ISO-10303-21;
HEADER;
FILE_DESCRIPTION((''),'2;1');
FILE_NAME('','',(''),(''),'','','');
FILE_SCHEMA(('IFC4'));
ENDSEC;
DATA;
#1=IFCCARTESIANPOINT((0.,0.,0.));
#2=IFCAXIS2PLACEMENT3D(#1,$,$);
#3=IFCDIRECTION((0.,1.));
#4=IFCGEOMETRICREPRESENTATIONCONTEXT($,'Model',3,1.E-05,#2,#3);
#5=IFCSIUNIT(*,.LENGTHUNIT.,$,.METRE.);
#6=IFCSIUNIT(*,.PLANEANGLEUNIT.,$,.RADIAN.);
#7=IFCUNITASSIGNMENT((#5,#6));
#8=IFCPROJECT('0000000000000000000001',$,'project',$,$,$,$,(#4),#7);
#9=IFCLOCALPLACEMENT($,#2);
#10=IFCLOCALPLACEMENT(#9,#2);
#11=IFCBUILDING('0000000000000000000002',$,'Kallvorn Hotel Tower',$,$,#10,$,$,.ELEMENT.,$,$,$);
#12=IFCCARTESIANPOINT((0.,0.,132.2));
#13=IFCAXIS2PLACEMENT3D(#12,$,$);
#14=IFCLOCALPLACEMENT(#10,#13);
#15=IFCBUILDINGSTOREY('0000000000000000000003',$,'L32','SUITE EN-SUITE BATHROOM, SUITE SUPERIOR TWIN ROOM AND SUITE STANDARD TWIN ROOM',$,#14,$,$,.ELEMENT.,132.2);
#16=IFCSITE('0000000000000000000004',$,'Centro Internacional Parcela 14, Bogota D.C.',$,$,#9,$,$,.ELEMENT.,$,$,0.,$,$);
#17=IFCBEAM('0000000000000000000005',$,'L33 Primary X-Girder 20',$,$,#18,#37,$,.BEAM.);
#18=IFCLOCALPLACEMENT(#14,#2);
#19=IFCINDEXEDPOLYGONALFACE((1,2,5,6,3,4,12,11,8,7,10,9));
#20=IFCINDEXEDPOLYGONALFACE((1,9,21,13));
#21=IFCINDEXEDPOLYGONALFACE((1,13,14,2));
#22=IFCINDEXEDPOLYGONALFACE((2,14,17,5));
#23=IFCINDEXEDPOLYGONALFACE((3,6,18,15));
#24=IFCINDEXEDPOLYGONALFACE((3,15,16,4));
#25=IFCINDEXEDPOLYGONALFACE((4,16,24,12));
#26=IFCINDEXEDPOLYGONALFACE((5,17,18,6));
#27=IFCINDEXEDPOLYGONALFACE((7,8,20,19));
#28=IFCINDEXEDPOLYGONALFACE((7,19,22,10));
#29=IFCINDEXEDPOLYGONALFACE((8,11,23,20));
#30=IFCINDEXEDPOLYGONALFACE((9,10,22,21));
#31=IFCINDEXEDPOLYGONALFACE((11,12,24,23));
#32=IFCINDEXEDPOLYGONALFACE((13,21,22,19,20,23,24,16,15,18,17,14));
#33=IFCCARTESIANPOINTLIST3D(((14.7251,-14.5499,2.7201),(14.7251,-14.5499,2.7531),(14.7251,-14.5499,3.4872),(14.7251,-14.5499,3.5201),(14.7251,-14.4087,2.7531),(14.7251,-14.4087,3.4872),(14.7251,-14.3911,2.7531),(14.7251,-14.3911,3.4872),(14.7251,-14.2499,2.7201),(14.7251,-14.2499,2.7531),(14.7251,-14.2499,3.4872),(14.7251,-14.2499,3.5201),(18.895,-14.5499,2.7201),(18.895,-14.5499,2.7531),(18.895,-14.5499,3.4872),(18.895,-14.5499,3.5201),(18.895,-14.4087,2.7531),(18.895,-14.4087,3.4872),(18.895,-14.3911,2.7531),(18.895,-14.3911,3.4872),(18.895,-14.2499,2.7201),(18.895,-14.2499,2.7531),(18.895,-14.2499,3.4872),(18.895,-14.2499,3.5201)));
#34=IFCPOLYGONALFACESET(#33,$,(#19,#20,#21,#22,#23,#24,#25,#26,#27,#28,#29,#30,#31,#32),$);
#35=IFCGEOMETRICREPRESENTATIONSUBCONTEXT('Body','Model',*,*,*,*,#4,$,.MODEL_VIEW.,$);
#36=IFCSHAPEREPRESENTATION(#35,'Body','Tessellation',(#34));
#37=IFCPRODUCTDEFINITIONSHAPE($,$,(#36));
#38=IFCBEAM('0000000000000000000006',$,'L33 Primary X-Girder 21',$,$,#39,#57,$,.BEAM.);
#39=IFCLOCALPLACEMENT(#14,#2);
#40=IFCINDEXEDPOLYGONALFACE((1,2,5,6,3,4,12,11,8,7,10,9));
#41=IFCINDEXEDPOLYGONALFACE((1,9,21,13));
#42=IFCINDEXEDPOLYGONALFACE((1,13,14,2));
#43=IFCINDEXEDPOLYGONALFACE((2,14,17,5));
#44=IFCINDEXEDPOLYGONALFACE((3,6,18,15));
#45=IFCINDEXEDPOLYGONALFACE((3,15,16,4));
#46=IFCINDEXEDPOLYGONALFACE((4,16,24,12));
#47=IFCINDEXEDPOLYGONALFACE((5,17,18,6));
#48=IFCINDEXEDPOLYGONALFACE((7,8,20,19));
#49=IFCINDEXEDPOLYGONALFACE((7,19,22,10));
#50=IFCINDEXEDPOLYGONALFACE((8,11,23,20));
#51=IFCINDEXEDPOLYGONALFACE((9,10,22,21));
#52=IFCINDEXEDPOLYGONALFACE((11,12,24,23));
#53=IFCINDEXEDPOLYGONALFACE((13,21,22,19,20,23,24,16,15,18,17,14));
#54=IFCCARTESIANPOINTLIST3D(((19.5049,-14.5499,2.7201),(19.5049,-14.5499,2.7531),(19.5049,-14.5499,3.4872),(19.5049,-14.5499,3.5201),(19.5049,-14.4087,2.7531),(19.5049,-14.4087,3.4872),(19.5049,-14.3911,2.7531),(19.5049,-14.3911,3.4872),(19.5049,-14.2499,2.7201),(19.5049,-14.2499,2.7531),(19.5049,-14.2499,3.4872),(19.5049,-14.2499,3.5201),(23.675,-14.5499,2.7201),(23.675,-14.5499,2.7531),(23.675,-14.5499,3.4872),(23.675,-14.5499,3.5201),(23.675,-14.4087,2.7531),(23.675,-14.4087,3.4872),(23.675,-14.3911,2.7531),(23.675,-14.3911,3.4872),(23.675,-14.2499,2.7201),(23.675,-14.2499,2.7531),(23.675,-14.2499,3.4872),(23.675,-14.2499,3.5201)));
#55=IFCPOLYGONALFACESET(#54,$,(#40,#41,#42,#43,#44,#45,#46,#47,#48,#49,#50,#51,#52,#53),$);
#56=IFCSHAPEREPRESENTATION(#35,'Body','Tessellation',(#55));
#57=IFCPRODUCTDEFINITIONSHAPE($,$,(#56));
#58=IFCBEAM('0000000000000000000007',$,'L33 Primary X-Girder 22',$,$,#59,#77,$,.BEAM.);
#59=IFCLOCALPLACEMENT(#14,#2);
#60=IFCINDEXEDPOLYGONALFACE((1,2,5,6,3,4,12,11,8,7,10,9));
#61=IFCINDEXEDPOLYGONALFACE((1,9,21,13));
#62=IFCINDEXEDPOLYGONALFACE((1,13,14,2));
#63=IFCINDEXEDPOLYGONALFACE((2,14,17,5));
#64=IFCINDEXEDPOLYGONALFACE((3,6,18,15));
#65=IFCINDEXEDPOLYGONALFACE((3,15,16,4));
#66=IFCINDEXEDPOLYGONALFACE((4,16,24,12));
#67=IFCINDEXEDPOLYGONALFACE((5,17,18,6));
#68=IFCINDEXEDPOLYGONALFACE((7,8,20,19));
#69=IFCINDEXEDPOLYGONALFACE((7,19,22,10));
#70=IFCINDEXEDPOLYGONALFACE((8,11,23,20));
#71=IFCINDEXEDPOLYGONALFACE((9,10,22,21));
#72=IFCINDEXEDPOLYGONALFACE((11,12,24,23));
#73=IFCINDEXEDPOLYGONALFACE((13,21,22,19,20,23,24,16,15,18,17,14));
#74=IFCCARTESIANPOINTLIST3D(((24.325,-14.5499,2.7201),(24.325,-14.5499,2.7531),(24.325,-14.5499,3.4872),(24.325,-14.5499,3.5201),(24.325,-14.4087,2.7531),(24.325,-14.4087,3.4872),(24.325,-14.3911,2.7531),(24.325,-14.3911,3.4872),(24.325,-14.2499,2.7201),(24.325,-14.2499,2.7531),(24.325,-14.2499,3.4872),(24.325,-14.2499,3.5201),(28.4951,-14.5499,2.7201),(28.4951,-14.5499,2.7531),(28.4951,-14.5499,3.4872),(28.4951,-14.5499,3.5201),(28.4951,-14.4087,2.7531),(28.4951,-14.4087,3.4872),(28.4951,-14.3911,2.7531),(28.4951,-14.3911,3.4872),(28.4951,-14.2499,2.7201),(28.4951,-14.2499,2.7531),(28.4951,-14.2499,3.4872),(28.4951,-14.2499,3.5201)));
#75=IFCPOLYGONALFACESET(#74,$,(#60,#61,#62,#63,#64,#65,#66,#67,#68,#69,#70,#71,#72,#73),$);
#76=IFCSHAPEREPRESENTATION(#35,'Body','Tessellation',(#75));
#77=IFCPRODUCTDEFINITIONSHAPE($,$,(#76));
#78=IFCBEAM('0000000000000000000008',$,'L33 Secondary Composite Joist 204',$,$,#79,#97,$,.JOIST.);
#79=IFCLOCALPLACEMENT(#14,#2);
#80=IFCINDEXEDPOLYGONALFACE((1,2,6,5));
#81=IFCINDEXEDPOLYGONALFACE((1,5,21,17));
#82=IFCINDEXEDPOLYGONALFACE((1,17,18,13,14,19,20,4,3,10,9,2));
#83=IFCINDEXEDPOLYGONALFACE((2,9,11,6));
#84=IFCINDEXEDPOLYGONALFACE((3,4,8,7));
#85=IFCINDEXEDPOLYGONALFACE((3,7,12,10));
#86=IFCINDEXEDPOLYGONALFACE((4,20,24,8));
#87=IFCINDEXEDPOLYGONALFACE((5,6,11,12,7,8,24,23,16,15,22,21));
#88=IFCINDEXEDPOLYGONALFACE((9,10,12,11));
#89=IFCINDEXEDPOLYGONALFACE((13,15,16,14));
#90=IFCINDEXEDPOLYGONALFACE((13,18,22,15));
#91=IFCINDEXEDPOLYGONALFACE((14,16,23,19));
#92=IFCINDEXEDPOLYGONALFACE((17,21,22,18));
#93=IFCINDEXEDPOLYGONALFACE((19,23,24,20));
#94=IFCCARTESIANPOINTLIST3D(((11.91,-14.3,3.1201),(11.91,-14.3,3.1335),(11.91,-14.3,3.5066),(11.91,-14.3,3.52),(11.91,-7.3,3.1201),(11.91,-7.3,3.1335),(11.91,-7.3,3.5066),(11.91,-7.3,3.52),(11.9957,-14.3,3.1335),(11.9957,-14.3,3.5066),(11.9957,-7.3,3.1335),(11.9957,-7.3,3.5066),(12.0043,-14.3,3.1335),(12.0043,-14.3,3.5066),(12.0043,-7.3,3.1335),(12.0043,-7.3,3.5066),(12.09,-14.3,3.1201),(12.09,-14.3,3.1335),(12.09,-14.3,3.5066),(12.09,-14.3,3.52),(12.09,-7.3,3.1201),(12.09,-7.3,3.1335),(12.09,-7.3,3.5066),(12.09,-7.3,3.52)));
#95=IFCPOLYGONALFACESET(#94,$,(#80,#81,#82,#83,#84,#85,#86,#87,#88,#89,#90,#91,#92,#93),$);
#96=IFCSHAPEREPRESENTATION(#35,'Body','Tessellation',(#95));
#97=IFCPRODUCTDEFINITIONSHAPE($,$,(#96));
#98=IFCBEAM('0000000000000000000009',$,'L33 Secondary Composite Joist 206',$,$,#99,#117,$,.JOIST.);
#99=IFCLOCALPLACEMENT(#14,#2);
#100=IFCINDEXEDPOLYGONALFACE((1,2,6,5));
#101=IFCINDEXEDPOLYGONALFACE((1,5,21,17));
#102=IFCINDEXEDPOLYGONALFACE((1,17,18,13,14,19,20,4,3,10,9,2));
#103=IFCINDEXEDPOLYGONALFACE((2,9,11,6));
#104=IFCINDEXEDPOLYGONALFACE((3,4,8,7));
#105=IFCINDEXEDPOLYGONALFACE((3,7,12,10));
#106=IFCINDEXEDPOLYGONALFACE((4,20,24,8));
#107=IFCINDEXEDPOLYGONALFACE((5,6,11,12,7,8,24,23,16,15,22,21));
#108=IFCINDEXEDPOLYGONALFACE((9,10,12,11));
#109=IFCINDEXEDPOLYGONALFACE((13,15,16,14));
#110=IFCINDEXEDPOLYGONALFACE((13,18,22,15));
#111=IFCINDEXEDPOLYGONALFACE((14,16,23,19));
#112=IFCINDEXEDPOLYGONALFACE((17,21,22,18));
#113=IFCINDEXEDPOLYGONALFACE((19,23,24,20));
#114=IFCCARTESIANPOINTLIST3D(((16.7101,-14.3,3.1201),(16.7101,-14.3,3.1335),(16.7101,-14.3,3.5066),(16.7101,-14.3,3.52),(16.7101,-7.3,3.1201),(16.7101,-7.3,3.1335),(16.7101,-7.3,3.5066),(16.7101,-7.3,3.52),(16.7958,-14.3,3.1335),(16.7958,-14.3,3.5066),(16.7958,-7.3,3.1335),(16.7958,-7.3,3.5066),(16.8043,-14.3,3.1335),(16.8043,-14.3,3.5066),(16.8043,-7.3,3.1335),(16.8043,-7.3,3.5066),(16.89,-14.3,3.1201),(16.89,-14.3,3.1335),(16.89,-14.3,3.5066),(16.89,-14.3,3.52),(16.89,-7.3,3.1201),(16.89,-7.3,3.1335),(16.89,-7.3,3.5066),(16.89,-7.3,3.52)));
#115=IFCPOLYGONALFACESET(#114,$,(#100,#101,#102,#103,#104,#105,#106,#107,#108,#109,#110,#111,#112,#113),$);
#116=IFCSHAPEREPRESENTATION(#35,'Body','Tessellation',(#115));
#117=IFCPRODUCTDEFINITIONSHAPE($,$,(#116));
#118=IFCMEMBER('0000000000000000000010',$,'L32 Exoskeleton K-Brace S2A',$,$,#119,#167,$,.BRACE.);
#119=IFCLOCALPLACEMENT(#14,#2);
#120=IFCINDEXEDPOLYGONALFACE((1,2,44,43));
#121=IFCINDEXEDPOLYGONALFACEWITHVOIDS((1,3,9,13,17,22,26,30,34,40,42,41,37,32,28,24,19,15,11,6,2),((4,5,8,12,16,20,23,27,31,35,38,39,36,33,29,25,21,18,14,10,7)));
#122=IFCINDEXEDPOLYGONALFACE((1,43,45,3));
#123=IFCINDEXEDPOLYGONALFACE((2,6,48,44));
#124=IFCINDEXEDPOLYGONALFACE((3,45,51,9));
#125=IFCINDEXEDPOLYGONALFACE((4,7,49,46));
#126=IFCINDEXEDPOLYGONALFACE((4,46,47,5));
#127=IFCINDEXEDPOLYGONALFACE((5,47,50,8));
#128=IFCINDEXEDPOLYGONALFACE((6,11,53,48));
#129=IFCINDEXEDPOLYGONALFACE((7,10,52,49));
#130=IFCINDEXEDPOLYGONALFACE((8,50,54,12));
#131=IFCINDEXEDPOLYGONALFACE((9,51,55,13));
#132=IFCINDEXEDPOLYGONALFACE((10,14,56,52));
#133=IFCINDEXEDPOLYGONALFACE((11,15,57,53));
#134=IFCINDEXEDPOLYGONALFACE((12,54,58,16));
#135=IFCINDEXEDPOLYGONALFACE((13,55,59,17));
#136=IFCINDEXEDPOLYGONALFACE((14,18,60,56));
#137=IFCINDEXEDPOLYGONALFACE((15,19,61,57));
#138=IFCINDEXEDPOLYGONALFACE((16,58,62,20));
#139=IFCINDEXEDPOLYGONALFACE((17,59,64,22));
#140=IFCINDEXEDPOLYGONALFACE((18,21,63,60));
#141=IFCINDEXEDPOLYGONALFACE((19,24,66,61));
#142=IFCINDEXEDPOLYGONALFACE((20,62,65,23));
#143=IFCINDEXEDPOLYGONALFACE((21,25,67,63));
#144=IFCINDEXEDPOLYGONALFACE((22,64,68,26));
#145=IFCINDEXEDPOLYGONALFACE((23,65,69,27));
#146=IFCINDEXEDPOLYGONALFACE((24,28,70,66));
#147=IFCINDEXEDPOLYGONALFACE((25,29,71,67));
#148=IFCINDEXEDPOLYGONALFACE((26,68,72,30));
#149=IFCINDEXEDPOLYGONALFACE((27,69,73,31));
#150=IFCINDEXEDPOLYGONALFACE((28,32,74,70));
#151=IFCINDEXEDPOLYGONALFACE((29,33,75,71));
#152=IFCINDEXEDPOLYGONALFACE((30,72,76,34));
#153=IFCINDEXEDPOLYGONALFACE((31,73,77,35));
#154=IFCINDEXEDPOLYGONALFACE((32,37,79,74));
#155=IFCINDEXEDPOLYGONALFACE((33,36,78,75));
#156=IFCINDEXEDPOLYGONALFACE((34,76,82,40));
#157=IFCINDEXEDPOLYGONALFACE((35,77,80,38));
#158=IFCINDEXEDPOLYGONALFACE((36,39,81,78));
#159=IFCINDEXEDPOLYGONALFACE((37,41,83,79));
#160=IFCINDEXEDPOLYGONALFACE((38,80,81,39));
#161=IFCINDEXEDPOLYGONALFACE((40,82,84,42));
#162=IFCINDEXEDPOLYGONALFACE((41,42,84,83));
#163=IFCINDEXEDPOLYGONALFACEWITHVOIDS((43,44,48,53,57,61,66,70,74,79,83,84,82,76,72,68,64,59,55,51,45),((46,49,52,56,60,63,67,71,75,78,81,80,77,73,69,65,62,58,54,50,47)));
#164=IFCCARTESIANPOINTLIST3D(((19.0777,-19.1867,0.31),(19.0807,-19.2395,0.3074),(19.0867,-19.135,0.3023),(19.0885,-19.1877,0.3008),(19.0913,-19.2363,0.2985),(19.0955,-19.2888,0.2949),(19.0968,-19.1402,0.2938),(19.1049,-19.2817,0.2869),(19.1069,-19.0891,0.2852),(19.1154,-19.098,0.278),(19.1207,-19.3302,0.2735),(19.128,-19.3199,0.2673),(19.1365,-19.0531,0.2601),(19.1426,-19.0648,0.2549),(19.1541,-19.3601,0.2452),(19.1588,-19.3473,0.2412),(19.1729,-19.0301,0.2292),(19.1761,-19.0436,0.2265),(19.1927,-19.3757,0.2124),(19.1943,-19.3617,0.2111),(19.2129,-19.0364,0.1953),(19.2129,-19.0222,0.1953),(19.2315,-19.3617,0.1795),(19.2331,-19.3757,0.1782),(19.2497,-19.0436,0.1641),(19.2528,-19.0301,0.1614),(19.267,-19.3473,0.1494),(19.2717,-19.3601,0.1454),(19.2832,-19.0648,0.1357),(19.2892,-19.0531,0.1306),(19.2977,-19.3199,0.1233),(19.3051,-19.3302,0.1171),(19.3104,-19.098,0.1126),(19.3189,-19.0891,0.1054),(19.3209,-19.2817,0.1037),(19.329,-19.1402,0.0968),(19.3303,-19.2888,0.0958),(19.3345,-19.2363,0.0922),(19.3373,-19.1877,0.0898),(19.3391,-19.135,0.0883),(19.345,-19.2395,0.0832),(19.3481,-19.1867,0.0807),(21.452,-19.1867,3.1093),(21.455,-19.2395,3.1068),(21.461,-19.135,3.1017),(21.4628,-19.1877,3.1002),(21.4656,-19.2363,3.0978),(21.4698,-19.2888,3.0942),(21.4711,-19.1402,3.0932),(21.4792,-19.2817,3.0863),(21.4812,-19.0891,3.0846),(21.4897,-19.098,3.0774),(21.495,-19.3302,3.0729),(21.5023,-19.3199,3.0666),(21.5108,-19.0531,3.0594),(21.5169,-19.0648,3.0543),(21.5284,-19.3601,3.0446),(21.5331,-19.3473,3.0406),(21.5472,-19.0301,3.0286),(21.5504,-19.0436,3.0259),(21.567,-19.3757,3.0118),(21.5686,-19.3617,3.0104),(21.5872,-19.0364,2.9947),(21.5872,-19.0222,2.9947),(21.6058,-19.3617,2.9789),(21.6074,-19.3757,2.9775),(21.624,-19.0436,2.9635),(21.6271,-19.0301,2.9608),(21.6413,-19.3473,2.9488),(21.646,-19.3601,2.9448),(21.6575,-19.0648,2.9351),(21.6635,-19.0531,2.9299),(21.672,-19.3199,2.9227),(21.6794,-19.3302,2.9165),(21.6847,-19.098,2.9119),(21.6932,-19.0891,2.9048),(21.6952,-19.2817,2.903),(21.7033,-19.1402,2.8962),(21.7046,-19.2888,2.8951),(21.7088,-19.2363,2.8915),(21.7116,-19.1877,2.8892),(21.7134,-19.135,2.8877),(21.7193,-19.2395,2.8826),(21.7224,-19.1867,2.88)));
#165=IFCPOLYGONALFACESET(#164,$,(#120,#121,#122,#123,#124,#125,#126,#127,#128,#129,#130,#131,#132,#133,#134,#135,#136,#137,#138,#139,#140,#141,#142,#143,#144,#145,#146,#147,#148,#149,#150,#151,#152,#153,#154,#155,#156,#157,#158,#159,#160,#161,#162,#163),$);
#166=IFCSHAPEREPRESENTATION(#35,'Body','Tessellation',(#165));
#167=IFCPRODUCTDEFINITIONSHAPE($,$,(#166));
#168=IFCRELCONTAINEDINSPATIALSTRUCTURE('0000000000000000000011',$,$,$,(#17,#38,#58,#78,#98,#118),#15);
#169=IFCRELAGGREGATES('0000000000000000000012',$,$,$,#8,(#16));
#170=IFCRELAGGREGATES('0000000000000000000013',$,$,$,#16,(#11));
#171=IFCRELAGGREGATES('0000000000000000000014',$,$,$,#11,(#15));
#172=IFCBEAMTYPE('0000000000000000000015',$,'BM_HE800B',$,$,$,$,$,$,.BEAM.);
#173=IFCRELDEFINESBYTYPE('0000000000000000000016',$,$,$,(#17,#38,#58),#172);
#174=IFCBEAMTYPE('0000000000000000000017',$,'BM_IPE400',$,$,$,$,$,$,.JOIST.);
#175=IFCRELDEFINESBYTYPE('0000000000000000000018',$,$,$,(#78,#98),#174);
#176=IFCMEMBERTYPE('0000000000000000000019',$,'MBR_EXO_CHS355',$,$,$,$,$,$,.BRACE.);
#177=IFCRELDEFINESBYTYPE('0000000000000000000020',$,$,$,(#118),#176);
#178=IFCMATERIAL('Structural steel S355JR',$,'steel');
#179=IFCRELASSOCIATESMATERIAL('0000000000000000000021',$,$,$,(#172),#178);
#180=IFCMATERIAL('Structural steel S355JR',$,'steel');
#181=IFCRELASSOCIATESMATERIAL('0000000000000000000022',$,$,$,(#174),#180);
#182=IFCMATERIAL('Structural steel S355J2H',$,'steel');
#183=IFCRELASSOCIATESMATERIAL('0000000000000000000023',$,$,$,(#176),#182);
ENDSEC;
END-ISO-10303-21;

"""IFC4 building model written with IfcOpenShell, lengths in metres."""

from ifc_helpers import new_model, si_unit, direction, frame, origin, origin_2d, place, context, subcontext, project, spatial, hollow_circle, i_section, extrude, material, material_profile, profile_set, type_object, element, save


model = new_model("IFC4")

# Units and contexts
model_context = context("Model", 3, precision=1e-05, world=origin(), true_north=direction((0.0, 1.0)))
body_context = subcontext(model_context, "Body", "Model", "MODEL_VIEW")
ifc_project = project(units=[si_unit("LENGTHUNIT", "METRE"), si_unit("PLANEANGLEUNIT", "RADIAN")], contexts=[model_context])

# Site, building, storey
site_placement = place(None, origin())
site = spatial("IfcSite", under=ifc_project, at=site_placement, Name="Centro Internacional Parcela 14, Bogota D.C.", CompositionType="ELEMENT", RefElevation=0.0)
building_placement = place(site_placement, origin())
building = spatial("IfcBuilding", under=site, at=building_placement, Name="Kallvorn Hotel Tower", CompositionType="ELEMENT")
storey_placement = place(building_placement, frame((0.0, 0.0, 132.2)))
storey = spatial("IfcBuildingStorey", under=building, at=storey_placement, Name="L32", Description="SUITE EN-SUITE BATHROOM, SUITE SUPERIOR TWIN ROOM AND SUITE STANDARD TWIN ROOM", CompositionType="ELEMENT", Elevation=132.2)

# Beams
ifc_material_1 = material(Name="Structural steel S355JR", Category="steel")
ifc_material_profile_1 = material_profile(ifc_material_1, i_section(OverallWidth=0.3, OverallDepth=0.8, WebThickness=0.0176, FlangeThickness=0.033, at=origin_2d()), Name="HE 800 B")
ifc_profile_set_1 = profile_set([ifc_material_profile_1], Name="Structural steel S355JR")
beam_type_1 = type_object("IfcBeamType", Name="BM_HE800B", PredefinedType="BEAM", material=ifc_profile_set_1)
beam_1_placement = place(storey_placement, frame((14.7251, -14.3999, 3.1201), z_axis=(1.0, 0.0, 0.0), x_axis=(0.0, 1.0, 0.0)))
element("IfcBeam", 1, at=beam_1_placement, inside=storey, type_object=beam_type_1, Name="L33 Primary X-Girder 20", PredefinedType="BEAM", context=body_context, shape_type="SweptSolid", body=[
    extrude(i_section(OverallWidth=0.3, OverallDepth=0.8, WebThickness=0.0176, FlangeThickness=0.033, at=origin_2d()), origin(), (0.0, 0.0, 1.0), 4.1699),
])
for number, where, z_axis, x_axis, name in (
    (2, (19.5049, -14.3999, 3.1201), (1.0, 0.0, 0.0), (0.0, 1.0, 0.0), "L33 Primary X-Girder 21"),
    (3, (24.325, -14.3999, 3.1201), (1.0, 0.0, 0.0), (0.0, 1.0, 0.0), "L33 Primary X-Girder 22"),
):
    element("IfcBeam", number, at=place(storey_placement, frame(where, z_axis=z_axis, x_axis=x_axis)), inside=storey, type_object=beam_type_1, Name=name, PredefinedType="BEAM", context=body_context, shape_type="SweptSolid", body=[
        extrude(i_section(OverallWidth=0.3, OverallDepth=0.8, WebThickness=0.0176, FlangeThickness=0.033, at=origin_2d()), origin(), (0.0, 0.0, 1.0), 4.1702),
    ])
ifc_material_2 = material(Name="Structural steel S355JR", Category="steel")
ifc_material_profile_2 = material_profile(ifc_material_2, i_section(OverallWidth=0.1799, OverallDepth=0.3999, WebThickness=0.0085, FlangeThickness=0.0134, at=origin_2d()), Name="IPE 400")
ifc_profile_set_2 = profile_set([ifc_material_profile_2], Name="Structural steel S355JR")
beam_type_2 = type_object("IfcBeamType", Name="BM_IPE400", PredefinedType="JOIST", material=ifc_profile_set_2)
for number, where, z_axis, x_axis, name in (
    (4, (12.0, -14.3, 3.3201), (0.0, 1.0, 0.0), (-1.0, 0.0, 0.0), "L33 Secondary Composite Joist 204"),
    (5, (16.8, -14.3, 3.3201), (0.0, 1.0, 0.0), (-1.0, 0.0, 0.0), "L33 Secondary Composite Joist 206"),
):
    element("IfcBeam", number, at=place(storey_placement, frame(where, z_axis=z_axis, x_axis=x_axis)), inside=storey, type_object=beam_type_2, Name=name, PredefinedType="JOIST", context=body_context, shape_type="SweptSolid", body=[
        extrude(i_section(OverallWidth=0.1799, OverallDepth=0.3999, WebThickness=0.0085, FlangeThickness=0.0134, at=origin_2d()), origin(), (0.0, 0.0, 1.0), 7.0),
    ])

# Member
ifc_material_3 = material(Name="Structural steel S355J2H", Category="steel")
ifc_material_profile_3 = material_profile(ifc_material_3, hollow_circle(Radius=0.1777, WallThickness=0.0142, at=origin_2d()), Name="CHS 355.6x14.2")
ifc_profile_set_3 = profile_set([ifc_material_profile_3], Name="Structural steel S355J2H")
member_type = type_object("IfcMemberType", Name="MBR_EXO_CHS355", PredefinedType="BRACE", material=ifc_profile_set_3)
for number, where, z_axis, x_axis, name in (
    (6, (19.2129, -19.2, 0.1953), (0.646833, 0.0, 0.762631), (0.0, 1.0, 0.0), "L32 Exoskeleton K-Brace S2A"),
):
    element("IfcMember", number, at=place(storey_placement, frame(where, z_axis=z_axis, x_axis=x_axis)), inside=storey, type_object=member_type, Name=name, PredefinedType="BRACE", context=body_context, shape_type="SweptSolid", body=[
        extrude(hollow_circle(Radius=0.1777, WallThickness=0.0142, at=origin_2d()), origin(), (0.0, 0.0, 1.0), 3.6707),
    ])

save(model, "model.ifc")
